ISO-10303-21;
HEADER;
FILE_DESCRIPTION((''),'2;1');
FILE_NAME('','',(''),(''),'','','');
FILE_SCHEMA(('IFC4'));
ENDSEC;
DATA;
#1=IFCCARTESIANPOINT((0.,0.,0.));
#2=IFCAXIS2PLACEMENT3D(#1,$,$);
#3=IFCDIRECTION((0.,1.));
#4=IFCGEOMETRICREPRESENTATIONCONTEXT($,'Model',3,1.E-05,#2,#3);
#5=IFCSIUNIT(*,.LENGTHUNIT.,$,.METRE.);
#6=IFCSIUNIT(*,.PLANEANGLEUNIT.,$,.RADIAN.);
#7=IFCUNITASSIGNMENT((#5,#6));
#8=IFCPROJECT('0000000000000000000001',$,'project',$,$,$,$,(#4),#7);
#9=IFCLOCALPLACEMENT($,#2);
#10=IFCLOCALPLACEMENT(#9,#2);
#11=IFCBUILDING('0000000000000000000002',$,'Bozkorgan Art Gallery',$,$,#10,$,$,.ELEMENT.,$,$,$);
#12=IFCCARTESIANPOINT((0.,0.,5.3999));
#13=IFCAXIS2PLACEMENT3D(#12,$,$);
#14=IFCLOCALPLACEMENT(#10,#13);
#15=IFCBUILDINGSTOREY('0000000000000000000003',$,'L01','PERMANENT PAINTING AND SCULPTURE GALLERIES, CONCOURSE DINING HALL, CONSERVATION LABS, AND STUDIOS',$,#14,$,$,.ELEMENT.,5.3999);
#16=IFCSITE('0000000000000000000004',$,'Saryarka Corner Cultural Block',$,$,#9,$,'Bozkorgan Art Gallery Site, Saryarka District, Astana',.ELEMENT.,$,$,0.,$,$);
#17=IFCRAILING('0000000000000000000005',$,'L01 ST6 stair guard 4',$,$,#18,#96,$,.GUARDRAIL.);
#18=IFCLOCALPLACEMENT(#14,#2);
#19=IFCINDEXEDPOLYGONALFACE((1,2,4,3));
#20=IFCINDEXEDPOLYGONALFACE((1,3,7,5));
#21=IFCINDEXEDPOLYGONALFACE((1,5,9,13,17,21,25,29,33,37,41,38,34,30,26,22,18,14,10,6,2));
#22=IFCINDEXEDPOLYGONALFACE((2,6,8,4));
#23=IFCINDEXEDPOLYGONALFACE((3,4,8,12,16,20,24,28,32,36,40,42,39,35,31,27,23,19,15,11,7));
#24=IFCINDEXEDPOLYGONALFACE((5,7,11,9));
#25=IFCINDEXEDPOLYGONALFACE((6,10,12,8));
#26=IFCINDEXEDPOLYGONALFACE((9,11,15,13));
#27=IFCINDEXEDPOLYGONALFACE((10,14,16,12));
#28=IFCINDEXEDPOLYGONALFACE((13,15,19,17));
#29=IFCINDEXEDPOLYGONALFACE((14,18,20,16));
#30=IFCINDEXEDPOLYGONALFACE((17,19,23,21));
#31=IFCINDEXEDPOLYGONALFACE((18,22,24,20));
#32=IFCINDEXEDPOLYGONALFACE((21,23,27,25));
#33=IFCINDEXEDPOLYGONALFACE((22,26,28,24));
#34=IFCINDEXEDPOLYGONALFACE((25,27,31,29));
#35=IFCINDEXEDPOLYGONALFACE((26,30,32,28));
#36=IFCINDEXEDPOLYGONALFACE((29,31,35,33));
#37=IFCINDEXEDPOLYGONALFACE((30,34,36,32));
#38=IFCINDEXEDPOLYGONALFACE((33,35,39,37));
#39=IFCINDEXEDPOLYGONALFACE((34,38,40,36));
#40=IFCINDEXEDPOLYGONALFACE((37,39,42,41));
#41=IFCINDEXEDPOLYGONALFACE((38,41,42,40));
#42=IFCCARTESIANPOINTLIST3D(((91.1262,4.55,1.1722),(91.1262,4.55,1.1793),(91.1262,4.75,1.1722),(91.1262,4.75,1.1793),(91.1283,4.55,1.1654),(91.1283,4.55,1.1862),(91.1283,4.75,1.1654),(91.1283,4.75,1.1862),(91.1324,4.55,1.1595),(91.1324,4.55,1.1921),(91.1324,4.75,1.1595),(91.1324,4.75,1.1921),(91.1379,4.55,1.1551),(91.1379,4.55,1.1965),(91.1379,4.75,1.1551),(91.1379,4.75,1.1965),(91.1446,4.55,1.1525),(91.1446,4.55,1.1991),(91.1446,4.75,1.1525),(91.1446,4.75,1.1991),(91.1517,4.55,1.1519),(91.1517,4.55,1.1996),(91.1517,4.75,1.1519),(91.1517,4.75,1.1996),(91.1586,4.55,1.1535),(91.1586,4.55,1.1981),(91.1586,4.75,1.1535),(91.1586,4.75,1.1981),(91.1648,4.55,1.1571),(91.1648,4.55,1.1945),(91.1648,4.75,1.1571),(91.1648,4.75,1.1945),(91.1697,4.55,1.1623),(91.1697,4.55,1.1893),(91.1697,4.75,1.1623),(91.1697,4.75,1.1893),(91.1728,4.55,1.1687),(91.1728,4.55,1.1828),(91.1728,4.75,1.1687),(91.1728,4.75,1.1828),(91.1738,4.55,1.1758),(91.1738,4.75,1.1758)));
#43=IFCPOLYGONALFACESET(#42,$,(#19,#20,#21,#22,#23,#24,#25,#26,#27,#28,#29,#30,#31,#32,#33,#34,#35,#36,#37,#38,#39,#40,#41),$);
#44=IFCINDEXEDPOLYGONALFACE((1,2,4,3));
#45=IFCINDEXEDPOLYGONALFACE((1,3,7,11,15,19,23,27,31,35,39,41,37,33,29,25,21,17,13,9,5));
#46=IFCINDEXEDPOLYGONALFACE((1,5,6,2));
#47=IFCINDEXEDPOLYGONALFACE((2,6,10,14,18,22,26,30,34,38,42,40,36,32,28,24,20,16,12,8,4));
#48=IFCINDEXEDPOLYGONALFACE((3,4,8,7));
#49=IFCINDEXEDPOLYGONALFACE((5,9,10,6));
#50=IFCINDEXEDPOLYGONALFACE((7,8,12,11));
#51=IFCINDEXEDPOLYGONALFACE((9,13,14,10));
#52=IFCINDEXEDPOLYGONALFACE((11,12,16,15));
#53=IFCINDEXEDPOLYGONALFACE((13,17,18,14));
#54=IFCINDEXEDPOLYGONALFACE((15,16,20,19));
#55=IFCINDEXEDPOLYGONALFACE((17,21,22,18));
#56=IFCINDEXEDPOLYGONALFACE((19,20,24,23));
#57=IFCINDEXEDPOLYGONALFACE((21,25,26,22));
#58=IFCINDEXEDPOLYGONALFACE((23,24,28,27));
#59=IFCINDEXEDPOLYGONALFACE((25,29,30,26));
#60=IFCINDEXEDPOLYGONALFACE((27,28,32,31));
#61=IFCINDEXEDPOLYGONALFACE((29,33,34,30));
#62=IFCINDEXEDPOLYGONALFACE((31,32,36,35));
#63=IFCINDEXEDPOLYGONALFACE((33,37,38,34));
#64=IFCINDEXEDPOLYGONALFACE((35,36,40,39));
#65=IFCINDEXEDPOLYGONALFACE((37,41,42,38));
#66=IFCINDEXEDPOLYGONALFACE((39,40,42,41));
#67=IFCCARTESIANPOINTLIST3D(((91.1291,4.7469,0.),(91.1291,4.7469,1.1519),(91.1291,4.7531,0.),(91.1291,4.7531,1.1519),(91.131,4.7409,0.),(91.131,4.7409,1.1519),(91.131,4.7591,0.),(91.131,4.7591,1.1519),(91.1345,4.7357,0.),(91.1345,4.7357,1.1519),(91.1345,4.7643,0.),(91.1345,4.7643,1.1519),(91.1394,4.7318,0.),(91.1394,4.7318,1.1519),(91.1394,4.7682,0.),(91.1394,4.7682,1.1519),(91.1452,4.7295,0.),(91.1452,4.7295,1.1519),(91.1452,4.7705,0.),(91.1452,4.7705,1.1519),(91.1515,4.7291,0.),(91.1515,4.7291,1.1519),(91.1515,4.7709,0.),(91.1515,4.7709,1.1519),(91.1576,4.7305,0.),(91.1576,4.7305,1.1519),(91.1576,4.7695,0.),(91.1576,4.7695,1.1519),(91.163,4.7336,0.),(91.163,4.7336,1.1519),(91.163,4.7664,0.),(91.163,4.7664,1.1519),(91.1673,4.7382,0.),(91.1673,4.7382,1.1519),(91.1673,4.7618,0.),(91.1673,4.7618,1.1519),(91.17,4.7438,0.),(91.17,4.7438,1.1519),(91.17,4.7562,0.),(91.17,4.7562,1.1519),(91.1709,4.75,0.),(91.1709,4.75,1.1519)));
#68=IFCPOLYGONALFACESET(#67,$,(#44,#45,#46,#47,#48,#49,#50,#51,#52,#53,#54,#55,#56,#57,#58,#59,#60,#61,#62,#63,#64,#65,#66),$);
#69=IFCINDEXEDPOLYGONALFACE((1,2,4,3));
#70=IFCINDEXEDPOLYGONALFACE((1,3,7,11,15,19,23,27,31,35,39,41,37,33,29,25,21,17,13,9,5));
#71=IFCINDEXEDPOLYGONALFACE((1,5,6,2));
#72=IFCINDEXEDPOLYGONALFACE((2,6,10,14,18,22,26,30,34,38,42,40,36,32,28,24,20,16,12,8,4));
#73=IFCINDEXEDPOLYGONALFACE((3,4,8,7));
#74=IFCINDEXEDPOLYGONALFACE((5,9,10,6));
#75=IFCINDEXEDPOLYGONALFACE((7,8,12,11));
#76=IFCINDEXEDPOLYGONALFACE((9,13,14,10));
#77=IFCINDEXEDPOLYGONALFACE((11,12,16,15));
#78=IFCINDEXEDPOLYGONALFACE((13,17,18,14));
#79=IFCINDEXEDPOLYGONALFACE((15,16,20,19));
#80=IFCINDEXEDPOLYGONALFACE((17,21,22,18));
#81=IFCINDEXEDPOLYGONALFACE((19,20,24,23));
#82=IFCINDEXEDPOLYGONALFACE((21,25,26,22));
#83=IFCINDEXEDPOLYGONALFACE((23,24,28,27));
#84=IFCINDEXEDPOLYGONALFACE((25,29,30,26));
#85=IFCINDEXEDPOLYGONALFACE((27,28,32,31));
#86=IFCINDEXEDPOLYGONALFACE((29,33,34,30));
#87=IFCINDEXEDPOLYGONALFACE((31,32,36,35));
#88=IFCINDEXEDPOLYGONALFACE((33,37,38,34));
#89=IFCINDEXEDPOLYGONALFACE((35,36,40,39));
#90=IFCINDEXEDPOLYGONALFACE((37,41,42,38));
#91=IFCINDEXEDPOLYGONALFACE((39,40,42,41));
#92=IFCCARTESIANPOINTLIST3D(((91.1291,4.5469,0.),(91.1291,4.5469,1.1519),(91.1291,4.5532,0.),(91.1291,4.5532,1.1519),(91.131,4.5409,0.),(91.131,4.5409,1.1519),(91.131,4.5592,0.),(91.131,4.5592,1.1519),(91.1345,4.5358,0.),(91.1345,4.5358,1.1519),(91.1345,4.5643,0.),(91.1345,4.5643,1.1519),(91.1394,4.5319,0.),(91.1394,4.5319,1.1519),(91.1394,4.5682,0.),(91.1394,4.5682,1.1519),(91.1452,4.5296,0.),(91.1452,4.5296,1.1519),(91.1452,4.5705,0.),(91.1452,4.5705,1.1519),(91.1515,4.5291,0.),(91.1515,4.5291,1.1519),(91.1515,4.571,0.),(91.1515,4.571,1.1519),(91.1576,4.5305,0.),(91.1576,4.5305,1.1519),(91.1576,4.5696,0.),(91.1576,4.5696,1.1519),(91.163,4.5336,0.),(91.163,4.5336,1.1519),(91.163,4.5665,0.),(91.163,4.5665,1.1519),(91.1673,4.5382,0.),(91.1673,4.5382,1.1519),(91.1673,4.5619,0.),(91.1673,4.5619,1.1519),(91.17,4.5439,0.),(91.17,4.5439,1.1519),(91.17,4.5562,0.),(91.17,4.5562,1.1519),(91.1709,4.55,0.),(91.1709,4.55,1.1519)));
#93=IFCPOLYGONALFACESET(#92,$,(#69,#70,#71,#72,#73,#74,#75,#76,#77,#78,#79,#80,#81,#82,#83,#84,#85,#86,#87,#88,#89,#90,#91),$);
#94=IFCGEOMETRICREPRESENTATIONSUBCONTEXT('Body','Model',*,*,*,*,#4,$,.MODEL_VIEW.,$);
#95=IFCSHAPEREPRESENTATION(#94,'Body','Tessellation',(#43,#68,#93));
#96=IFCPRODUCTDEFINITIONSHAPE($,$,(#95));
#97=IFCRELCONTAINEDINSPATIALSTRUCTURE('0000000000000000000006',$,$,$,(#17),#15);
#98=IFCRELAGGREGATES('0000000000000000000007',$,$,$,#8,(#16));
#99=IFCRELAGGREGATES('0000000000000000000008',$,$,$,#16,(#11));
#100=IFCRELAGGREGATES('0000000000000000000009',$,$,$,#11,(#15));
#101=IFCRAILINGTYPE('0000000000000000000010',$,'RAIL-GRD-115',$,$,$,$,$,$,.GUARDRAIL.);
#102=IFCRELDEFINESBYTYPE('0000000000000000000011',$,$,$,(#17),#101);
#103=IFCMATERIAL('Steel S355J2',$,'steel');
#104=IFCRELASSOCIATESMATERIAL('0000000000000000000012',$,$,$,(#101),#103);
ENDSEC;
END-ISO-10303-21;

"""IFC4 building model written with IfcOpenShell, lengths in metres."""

from ifc_helpers import new_model, si_unit, direction, frame, origin, origin_2d, place, context, subcontext, project, spatial, circle, extrude, material, type_object, element, save


model = new_model("IFC4")

# Units and contexts
model_context = context("Model", 3, precision=1e-05, world=origin(), true_north=direction((0.0, 1.0)))
body_context = subcontext(model_context, "Body", "Model", "MODEL_VIEW")
ifc_project = project(units=[si_unit("LENGTHUNIT", "METRE"), si_unit("PLANEANGLEUNIT", "RADIAN")], contexts=[model_context])

# Site, building, storey
site_placement = place(None, origin())
site = spatial("IfcSite", under=ifc_project, at=site_placement, Name="Saryarka Corner Cultural Block", LongName="Bozkorgan Art Gallery Site, Saryarka District, Astana", CompositionType="ELEMENT", RefElevation=0.0)
building_placement = place(site_placement, origin())
building = spatial("IfcBuilding", under=site, at=building_placement, Name="Bozkorgan Art Gallery", CompositionType="ELEMENT")
storey_placement = place(building_placement, frame((0.0, 0.0, 5.3999)))
storey = spatial("IfcBuildingStorey", under=building, at=storey_placement, Name="L01", Description="PERMANENT PAINTING AND SCULPTURE GALLERIES, CONCOURSE DINING HALL, CONSERVATION LABS, AND STUDIOS", CompositionType="ELEMENT", Elevation=5.3999)

# Shared definitions
ifc_material_1 = material(Name="Steel S355J2", Category="steel")

# Railing
railing_type_1 = type_object("IfcRailingType", Name="RAIL-GRD-115", PredefinedType="GUARDRAIL", material=ifc_material_1)
railing_1_placement = place(storey_placement, frame((91.1499, 4.75, 0.0)))
element("IfcRailing", 1, at=railing_1_placement, inside=storey, type_object=railing_type_1, Name="L01 ST6 stair guard 4", PredefinedType="GUARDRAIL", context=body_context, shape_type="SweptSolid", body=[
    extrude(circle(Radius=0.0239, at=origin_2d()), frame((0.0, 0.0, 1.1758), z_axis=(0.0, -1.0, 0.0), x_axis=(1.0, 0.0, 0.0)), (0.0, 0.0, 1.0), 0.2),
    extrude(circle(Radius=0.021, at=origin_2d()), origin(), (0.0, 0.0, 1.0), 1.1519),
    extrude(circle(Radius=0.021, at=origin_2d()), frame((0.0, -0.2, 0.0)), (0.0, 0.0, 1.0), 1.1519),
])

save(model, "model.ifc")
